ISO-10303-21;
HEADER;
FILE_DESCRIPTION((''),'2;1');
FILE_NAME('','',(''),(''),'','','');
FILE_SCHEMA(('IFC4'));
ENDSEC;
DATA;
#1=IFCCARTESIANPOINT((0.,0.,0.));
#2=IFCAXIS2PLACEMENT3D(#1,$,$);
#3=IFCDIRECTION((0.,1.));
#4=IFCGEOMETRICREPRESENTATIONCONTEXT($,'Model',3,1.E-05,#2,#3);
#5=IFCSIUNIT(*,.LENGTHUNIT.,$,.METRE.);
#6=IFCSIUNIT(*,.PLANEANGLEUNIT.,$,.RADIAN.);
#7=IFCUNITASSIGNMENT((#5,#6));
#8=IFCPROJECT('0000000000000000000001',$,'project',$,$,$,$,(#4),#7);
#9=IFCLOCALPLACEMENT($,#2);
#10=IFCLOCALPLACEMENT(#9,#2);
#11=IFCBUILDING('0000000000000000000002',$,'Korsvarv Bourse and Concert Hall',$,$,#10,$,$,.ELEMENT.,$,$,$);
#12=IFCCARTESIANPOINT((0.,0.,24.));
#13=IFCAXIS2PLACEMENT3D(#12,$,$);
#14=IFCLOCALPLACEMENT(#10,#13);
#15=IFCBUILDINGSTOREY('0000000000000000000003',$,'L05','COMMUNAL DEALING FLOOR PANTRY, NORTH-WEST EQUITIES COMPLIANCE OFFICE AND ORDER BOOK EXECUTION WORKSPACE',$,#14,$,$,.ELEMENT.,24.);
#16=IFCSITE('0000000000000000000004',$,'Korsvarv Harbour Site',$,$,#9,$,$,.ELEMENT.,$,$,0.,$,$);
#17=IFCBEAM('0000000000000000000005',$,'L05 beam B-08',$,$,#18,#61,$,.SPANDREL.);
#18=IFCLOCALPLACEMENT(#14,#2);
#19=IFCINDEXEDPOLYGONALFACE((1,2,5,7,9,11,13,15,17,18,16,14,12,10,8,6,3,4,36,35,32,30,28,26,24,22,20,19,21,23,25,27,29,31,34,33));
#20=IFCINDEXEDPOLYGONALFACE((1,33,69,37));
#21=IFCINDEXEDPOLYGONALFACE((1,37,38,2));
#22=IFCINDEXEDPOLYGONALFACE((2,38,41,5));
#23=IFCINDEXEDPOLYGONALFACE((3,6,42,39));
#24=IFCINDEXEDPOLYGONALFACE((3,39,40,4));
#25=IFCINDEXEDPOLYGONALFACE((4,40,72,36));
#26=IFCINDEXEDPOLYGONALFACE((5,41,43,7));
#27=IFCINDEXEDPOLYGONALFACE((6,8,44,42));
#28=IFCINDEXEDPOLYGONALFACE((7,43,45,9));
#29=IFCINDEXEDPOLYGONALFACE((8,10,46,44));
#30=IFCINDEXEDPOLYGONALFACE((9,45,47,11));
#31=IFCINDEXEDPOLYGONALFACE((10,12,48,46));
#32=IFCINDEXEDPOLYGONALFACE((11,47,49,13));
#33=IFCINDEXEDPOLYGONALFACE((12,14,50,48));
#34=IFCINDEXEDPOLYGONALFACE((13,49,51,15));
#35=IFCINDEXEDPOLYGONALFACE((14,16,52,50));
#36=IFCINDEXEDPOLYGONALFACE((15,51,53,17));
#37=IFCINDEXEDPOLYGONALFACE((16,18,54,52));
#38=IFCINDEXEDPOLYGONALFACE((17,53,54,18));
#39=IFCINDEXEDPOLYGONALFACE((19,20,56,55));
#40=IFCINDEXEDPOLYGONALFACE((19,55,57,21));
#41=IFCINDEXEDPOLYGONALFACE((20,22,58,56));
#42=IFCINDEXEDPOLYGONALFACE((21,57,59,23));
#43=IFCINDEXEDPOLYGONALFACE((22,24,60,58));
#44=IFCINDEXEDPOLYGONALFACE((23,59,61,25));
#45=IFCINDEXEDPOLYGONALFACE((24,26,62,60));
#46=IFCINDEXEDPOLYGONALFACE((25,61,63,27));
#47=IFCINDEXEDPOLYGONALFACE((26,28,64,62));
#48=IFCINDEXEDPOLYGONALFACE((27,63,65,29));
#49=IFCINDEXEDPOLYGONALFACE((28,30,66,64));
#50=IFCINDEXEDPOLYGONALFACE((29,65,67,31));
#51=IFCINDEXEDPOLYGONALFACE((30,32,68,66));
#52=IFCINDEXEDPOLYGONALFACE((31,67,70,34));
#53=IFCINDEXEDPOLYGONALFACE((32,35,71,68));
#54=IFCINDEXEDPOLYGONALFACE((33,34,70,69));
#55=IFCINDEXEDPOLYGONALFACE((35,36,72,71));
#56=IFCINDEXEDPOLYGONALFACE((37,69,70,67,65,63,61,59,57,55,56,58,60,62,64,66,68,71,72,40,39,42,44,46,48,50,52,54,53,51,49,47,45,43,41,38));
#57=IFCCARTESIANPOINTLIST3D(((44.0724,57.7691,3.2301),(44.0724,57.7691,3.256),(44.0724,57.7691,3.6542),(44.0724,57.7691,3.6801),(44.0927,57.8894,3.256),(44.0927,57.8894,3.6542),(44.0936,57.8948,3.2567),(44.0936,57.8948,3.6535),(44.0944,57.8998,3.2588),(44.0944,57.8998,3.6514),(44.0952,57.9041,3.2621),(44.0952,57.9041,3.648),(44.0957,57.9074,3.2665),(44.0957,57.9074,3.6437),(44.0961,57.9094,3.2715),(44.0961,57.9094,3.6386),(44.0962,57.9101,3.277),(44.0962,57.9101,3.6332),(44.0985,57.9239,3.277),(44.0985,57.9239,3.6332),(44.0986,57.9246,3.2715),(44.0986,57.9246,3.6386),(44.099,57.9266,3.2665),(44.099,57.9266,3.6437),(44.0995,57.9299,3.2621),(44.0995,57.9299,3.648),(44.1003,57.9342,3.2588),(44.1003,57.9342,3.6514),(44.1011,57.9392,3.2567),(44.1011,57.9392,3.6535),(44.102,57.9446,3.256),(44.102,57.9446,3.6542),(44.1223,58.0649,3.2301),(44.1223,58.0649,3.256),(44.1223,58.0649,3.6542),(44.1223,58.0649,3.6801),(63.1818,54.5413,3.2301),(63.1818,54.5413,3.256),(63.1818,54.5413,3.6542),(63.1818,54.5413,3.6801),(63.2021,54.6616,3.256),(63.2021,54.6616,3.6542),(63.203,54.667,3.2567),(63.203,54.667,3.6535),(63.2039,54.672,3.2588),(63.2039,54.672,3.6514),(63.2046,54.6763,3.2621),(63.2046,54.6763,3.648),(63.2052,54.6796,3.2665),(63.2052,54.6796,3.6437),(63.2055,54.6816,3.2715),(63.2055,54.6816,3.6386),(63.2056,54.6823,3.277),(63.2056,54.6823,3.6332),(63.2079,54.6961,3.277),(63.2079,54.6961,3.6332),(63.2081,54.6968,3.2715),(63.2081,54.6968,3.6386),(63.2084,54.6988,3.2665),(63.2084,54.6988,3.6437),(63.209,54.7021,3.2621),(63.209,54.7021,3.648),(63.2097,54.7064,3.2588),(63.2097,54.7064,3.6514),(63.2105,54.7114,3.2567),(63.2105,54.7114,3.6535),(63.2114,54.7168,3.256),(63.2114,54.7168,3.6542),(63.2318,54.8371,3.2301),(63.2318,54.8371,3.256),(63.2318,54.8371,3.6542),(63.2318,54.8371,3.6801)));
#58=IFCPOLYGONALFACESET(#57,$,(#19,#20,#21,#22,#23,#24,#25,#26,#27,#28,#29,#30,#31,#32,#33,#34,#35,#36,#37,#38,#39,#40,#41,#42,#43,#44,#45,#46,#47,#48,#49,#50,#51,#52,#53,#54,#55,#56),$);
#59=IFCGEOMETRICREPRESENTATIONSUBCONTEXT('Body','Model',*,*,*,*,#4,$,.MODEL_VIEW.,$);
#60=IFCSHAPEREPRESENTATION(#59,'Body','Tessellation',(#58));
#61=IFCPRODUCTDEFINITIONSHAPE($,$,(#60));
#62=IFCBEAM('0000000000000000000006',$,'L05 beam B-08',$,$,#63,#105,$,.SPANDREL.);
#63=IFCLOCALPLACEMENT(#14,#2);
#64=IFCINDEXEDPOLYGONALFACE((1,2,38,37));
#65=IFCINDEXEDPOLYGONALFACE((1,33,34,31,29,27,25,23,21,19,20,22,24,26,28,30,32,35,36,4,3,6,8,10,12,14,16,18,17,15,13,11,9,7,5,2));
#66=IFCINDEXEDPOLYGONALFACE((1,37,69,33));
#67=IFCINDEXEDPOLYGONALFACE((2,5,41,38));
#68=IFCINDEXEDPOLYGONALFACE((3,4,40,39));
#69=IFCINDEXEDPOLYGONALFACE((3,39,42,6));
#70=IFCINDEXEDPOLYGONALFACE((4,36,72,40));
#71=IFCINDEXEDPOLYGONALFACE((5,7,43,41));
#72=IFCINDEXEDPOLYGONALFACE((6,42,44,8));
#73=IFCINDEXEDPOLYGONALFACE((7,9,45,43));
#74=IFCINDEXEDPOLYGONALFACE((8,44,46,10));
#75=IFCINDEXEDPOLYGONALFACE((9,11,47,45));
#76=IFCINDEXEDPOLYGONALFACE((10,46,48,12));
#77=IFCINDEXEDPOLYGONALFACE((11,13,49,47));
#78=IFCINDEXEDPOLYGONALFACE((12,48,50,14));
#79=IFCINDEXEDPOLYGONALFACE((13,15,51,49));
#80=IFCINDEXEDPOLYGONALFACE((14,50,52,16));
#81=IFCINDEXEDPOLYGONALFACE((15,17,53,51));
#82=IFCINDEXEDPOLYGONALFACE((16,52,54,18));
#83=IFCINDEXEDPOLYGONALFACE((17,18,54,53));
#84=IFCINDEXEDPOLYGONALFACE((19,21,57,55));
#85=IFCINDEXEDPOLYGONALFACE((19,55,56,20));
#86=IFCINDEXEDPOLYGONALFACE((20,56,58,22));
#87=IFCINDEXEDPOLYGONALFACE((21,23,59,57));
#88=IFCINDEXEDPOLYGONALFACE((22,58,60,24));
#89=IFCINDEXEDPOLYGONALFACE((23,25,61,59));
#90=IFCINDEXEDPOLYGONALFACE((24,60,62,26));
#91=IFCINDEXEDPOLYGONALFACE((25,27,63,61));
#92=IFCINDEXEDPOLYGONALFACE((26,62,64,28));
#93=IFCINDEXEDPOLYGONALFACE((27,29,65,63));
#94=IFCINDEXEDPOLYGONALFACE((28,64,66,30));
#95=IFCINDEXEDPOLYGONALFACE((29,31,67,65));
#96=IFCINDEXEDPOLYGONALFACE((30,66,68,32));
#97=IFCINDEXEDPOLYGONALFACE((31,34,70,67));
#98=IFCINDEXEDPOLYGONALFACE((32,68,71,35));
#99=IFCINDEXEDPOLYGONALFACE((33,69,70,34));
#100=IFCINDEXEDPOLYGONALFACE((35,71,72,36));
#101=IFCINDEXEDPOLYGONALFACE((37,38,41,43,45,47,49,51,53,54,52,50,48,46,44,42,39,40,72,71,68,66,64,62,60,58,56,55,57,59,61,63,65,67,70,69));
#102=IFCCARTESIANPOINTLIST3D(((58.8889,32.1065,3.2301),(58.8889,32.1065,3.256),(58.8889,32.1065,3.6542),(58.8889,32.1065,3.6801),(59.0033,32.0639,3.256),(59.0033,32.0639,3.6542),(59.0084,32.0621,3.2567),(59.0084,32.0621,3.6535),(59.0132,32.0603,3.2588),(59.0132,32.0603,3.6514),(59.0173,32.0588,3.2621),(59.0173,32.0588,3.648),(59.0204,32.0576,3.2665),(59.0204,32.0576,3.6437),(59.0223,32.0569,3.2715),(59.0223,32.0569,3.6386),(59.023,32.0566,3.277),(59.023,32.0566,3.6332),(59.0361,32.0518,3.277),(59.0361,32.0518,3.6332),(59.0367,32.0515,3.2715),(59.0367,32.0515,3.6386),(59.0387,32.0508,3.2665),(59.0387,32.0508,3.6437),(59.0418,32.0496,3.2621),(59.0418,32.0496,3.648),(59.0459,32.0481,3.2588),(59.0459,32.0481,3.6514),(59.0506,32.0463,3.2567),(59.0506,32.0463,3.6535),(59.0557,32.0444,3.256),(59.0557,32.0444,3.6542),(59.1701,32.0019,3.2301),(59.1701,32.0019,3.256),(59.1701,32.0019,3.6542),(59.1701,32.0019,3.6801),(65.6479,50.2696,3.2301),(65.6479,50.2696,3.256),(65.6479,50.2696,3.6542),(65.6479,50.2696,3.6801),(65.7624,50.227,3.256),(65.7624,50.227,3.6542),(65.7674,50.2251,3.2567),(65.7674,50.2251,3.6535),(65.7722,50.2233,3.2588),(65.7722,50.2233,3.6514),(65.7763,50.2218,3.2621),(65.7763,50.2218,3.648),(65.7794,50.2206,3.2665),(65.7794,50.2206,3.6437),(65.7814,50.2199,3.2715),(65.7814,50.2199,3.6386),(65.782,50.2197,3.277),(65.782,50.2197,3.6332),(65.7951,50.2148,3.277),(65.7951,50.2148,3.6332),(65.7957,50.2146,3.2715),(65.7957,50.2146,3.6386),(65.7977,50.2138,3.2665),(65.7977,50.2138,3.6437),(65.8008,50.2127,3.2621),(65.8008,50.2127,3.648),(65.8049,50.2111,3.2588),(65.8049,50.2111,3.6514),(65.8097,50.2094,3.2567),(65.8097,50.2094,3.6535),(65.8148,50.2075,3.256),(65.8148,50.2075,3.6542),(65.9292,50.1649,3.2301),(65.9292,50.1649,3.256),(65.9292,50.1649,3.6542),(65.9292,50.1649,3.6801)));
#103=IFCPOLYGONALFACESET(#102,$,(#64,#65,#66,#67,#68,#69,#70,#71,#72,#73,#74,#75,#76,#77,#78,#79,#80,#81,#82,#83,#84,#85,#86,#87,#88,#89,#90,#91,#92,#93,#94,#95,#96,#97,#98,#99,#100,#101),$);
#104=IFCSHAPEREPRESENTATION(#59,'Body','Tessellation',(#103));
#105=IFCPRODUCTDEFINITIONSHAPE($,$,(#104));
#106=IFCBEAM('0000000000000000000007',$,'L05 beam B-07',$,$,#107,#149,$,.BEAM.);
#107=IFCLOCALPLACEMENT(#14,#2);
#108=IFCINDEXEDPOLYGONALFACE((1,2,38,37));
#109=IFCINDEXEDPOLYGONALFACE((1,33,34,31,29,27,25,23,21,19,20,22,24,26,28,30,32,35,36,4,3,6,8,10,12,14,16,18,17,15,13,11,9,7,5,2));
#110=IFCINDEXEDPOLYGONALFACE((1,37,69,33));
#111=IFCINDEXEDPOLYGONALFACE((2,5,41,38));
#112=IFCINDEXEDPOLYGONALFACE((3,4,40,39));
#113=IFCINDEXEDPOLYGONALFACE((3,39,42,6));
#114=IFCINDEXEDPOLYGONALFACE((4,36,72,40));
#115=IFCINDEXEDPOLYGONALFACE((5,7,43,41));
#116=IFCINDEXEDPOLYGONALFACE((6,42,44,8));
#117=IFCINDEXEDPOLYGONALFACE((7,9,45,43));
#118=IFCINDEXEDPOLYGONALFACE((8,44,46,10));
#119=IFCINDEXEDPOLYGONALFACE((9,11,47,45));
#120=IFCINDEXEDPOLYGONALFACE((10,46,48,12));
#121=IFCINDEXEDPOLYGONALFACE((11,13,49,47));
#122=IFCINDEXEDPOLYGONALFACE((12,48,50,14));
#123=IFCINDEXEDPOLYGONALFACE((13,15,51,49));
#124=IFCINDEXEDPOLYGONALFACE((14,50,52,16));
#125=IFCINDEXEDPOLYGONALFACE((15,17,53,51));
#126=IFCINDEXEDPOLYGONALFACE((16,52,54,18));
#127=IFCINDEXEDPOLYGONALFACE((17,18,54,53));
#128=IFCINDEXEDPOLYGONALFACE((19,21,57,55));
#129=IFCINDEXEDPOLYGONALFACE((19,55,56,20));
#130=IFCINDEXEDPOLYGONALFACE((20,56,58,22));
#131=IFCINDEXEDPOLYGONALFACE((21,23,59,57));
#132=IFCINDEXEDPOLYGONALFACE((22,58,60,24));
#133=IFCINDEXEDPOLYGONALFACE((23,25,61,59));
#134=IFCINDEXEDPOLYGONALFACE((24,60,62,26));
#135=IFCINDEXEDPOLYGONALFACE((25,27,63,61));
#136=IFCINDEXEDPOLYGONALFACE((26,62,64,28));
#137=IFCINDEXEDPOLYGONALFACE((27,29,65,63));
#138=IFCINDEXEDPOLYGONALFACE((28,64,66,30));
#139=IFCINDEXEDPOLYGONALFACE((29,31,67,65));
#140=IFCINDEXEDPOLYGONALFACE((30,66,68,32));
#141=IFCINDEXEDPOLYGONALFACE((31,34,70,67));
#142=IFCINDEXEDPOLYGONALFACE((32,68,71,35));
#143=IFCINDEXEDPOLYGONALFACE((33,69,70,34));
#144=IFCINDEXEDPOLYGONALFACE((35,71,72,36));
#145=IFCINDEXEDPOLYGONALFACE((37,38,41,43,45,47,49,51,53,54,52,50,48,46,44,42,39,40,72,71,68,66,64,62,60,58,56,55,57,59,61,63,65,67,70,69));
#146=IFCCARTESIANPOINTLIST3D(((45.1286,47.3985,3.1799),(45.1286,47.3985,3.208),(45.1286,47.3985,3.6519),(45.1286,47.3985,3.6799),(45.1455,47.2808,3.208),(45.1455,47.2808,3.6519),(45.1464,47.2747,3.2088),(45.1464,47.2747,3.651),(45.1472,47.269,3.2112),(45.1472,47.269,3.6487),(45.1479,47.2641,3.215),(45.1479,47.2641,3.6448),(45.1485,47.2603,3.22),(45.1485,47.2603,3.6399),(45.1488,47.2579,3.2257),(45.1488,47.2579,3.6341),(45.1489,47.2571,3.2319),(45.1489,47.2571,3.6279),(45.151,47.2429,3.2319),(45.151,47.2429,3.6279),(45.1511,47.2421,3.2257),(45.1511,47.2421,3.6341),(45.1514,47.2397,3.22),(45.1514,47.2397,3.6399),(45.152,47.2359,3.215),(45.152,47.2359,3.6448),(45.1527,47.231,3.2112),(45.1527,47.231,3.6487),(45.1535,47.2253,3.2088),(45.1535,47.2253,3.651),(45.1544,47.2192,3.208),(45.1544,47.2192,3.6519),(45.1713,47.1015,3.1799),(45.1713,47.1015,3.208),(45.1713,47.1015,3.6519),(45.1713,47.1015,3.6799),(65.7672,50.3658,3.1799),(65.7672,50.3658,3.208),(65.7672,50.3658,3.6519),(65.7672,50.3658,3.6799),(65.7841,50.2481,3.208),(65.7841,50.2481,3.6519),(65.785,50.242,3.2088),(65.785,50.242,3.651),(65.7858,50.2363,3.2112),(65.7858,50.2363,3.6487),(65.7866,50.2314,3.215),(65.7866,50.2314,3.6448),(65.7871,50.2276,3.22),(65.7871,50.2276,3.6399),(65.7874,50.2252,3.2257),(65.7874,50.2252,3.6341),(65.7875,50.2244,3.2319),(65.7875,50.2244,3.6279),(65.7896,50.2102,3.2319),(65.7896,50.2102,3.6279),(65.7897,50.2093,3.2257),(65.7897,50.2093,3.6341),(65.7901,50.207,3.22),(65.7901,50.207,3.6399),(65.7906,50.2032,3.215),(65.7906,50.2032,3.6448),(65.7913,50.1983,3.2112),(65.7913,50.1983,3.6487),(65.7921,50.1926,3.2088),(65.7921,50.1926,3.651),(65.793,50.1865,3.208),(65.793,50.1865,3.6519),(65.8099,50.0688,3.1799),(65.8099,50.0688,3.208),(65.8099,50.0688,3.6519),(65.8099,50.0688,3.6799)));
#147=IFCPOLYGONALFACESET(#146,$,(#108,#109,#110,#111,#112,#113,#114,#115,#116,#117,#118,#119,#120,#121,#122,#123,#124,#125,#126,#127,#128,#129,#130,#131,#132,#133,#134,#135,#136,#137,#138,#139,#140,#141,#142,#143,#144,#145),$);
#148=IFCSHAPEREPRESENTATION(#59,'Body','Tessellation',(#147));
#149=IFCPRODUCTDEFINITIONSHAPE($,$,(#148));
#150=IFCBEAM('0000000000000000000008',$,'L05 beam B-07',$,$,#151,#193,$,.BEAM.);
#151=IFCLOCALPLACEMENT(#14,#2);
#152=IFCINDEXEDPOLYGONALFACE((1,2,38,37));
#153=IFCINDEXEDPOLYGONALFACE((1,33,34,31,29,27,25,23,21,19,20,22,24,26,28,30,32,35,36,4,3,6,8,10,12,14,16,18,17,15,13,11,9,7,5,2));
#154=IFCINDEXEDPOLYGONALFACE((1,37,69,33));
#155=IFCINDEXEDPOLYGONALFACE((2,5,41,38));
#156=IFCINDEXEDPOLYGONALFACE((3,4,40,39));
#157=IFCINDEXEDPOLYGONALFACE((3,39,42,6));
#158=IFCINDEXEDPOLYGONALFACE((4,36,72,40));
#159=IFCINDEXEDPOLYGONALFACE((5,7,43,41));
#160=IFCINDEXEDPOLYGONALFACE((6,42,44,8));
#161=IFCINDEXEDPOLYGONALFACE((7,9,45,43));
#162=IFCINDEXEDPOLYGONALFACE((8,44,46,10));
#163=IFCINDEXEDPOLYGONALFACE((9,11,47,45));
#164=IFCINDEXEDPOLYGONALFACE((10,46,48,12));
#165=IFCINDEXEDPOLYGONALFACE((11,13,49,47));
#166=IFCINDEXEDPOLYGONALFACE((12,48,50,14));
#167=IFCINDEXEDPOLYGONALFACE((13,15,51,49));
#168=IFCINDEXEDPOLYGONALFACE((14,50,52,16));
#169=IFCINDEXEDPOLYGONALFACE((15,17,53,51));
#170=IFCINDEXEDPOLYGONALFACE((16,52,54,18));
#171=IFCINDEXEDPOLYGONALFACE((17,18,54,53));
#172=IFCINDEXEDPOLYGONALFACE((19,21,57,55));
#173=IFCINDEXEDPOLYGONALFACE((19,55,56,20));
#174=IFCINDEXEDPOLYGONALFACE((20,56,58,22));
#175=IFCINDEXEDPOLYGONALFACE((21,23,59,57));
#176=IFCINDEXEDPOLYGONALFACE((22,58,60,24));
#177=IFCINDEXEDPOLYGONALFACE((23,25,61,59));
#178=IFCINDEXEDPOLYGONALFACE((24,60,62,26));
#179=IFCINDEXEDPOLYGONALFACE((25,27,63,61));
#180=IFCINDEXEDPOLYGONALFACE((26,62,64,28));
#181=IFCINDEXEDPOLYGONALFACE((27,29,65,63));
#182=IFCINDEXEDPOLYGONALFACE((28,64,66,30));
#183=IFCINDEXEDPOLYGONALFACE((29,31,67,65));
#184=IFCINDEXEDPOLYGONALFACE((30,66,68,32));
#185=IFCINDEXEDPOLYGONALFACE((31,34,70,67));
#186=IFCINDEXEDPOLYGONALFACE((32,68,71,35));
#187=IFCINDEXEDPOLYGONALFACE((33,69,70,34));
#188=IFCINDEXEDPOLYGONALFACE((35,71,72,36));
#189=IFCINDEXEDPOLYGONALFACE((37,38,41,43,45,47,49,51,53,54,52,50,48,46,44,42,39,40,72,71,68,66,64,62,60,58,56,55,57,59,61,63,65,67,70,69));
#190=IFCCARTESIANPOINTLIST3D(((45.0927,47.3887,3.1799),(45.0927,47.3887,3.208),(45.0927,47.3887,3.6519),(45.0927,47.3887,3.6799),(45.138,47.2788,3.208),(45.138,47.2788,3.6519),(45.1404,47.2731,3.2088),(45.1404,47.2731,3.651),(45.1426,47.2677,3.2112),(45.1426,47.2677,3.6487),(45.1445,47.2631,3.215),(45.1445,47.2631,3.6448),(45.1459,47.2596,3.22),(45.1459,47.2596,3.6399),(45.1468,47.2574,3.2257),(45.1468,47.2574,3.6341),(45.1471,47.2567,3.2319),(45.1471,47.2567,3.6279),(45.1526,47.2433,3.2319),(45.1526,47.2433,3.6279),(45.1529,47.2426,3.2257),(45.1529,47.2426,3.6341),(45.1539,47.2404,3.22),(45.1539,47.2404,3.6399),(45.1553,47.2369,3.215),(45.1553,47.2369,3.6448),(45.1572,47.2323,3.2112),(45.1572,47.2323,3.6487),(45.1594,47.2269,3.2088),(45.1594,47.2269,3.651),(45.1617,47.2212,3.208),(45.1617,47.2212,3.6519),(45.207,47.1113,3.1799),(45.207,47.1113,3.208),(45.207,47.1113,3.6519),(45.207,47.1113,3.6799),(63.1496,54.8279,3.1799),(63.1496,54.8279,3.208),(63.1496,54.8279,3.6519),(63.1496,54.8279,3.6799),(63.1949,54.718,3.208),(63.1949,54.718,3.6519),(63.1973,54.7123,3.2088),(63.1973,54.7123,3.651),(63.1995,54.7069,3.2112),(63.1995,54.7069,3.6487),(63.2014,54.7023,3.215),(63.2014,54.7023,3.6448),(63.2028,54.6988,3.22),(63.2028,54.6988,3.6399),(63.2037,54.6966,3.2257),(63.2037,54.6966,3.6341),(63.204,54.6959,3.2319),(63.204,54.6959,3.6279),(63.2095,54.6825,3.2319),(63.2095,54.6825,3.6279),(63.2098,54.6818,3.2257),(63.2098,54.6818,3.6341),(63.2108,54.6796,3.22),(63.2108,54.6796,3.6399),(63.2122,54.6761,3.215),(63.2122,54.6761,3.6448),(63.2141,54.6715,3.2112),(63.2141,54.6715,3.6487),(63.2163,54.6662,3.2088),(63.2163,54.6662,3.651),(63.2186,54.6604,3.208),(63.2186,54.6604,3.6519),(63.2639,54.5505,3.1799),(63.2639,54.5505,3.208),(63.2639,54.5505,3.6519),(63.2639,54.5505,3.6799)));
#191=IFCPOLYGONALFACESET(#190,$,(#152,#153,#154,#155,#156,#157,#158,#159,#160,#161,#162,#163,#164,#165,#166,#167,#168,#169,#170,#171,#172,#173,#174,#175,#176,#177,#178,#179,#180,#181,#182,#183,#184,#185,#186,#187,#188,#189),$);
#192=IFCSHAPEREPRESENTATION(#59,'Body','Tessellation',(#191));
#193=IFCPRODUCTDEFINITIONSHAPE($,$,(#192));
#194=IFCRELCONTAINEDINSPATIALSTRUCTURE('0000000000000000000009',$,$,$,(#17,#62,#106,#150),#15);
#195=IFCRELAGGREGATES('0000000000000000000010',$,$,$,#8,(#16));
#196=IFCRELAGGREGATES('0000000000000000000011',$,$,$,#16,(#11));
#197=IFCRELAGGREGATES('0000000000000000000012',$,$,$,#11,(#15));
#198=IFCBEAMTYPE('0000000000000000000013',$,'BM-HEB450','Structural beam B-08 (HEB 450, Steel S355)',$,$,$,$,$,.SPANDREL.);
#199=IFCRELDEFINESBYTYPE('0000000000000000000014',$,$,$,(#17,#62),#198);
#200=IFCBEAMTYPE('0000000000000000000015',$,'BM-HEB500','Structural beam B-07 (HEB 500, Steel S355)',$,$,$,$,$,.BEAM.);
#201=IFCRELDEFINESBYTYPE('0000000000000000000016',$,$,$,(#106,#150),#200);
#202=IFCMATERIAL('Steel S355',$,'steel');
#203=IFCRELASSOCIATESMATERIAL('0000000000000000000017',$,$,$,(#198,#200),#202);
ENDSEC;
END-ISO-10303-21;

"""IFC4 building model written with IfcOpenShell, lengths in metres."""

from ifc_helpers import new_model, si_unit, direction, frame, origin, origin_2d, place, context, subcontext, project, spatial, i_section, extrude, source, transform, mapped, material, material_profile, profile_set, type_object, element, save


model = new_model("IFC4")

# Units and contexts
model_context = context("Model", 3, precision=1e-05, world=origin(), true_north=direction((0.0, 1.0)))
body_context = subcontext(model_context, "Body", "Model", "MODEL_VIEW")
ifc_project = project(units=[si_unit("LENGTHUNIT", "METRE"), si_unit("PLANEANGLEUNIT", "RADIAN")], contexts=[model_context])

# Site, building, storey
site_placement = place(None, origin())
site = spatial("IfcSite", under=ifc_project, at=site_placement, Name="Korsvarv Harbour Site", CompositionType="ELEMENT", RefElevation=0.0)
building_placement = place(site_placement, origin())
building = spatial("IfcBuilding", under=site, at=building_placement, Name="Korsvarv Bourse and Concert Hall", CompositionType="ELEMENT")
storey_placement = place(building_placement, frame((0.0, 0.0, 24.0)))
storey = spatial("IfcBuildingStorey", under=building, at=storey_placement, Name="L05", Description="COMMUNAL DEALING FLOOR PANTRY, NORTH-WEST EQUITIES COMPLIANCE OFFICE AND ORDER BOOK EXECUTION WORKSPACE", CompositionType="ELEMENT", Elevation=24.0)

# Beams
ifc_material_1 = material(Name="Steel S355", Category="steel")
ifc_material_profile_1 = material_profile(ifc_material_1, i_section(OverallWidth=0.3, OverallDepth=0.45, WebThickness=0.0139, FlangeThickness=0.0259, FilletRadius=0.021, at=origin_2d()), Name="HEB 450")
ifc_profile_set_1 = profile_set([ifc_material_profile_1], Name="Steel S355")
beam_type_1 = type_object("IfcBeamType", Name="BM-HEB450", Description="Structural beam B-08 (HEB 450, Steel S355)", PredefinedType="SPANDREL", material=ifc_profile_set_1)
shared_shape_1 = source(origin(), body_context, "Body", "SweptSolid", [
    extrude(i_section(OverallWidth=0.3, OverallDepth=0.45, WebThickness=0.0139, FlangeThickness=0.0259, FilletRadius=0.021, at=origin_2d()), origin(), (0.0, 0.0, 1.0), 19.3801),
])
beam_1_placement = place(storey_placement, frame((63.2068, 54.6892, 3.4551), z_axis=(-0.986033, 0.166552, 0.0), x_axis=(-0.166552, -0.986033, 0.0)))
element("IfcBeam", 1, at=beam_1_placement, inside=storey, type_object=beam_type_1, Name="L05 beam B-08", PredefinedType="SPANDREL", context=body_context, shape_type="MappedRepresentation", body=[
    mapped(shared_shape_1, transform((0.0, 0.0, 0.0), scale=1.0)),
])
shared_shape_2 = source(origin(), body_context, "Body", "SweptSolid", [
    extrude(i_section(OverallWidth=0.3, OverallDepth=0.45, WebThickness=0.0139, FlangeThickness=0.0259, FilletRadius=0.021, at=origin_2d()), origin(), (0.0, 0.0, 1.0), 19.3799),
])
beam_2_placement = place(storey_placement, frame((59.0295, 32.0542, 3.4551), z_axis=(0.348764, 0.93721, 0.0), x_axis=(-0.93721, 0.348764, 0.0)))
element("IfcBeam", 2, at=beam_2_placement, inside=storey, type_object=beam_type_1, Name="L05 beam B-08", PredefinedType="SPANDREL", context=body_context, shape_type="MappedRepresentation", body=[
    mapped(shared_shape_2, transform((0.0, 0.0, 0.0), scale=1.0)),
])
ifc_material_profile_2 = material_profile(ifc_material_1, i_section(OverallWidth=0.3, OverallDepth=0.5, WebThickness=0.0144, FlangeThickness=0.0281, FilletRadius=0.0239, at=origin_2d()), Name="HEB 500")
ifc_profile_set_2 = profile_set([ifc_material_profile_2], Name="Steel S355")
beam_type_2 = type_object("IfcBeamType", Name="BM-HEB500", Description="Structural beam B-07 (HEB 500, Steel S355)", PredefinedType="BEAM", material=ifc_profile_set_2)
shared_shape_3 = source(origin(), body_context, "Body", "SweptSolid", [
    extrude(i_section(OverallWidth=0.3, OverallDepth=0.5, WebThickness=0.0144, FlangeThickness=0.0281, FilletRadius=0.0239, at=origin_2d()), origin(), (0.0, 0.0, 1.0), 20.8508),
])
beam_3_placement = place(storey_placement, frame((65.7886, 50.2173, 3.4299), z_axis=(-0.989822, -0.14231, 0.0), x_axis=(0.14231, -0.989822, 0.0)))
element("IfcBeam", 3, at=beam_3_placement, inside=storey, type_object=beam_type_2, Name="L05 beam B-07", PredefinedType="BEAM", context=body_context, shape_type="MappedRepresentation", body=[
    mapped(shared_shape_3, transform((0.0, 0.0, 0.0), scale=1.0)),
])
shared_shape_4 = source(origin(), body_context, "Body", "SweptSolid", [
    extrude(i_section(OverallWidth=0.3, OverallDepth=0.5, WebThickness=0.0144, FlangeThickness=0.0281, FilletRadius=0.0239, at=origin_2d()), origin(), (0.0, 0.0, 1.0), 19.5293),
])
beam_4_placement = place(storey_placement, frame((63.2068, 54.6892, 3.4299), z_axis=(-0.924606, -0.380926, 0.0), x_axis=(0.380926, -0.924606, 0.0)))
element("IfcBeam", 4, at=beam_4_placement, inside=storey, type_object=beam_type_2, Name="L05 beam B-07", PredefinedType="BEAM", context=body_context, shape_type="MappedRepresentation", body=[
    mapped(shared_shape_4, transform((0.0, 0.0, 0.0), scale=1.0)),
])

save(model, "model.ifc")
